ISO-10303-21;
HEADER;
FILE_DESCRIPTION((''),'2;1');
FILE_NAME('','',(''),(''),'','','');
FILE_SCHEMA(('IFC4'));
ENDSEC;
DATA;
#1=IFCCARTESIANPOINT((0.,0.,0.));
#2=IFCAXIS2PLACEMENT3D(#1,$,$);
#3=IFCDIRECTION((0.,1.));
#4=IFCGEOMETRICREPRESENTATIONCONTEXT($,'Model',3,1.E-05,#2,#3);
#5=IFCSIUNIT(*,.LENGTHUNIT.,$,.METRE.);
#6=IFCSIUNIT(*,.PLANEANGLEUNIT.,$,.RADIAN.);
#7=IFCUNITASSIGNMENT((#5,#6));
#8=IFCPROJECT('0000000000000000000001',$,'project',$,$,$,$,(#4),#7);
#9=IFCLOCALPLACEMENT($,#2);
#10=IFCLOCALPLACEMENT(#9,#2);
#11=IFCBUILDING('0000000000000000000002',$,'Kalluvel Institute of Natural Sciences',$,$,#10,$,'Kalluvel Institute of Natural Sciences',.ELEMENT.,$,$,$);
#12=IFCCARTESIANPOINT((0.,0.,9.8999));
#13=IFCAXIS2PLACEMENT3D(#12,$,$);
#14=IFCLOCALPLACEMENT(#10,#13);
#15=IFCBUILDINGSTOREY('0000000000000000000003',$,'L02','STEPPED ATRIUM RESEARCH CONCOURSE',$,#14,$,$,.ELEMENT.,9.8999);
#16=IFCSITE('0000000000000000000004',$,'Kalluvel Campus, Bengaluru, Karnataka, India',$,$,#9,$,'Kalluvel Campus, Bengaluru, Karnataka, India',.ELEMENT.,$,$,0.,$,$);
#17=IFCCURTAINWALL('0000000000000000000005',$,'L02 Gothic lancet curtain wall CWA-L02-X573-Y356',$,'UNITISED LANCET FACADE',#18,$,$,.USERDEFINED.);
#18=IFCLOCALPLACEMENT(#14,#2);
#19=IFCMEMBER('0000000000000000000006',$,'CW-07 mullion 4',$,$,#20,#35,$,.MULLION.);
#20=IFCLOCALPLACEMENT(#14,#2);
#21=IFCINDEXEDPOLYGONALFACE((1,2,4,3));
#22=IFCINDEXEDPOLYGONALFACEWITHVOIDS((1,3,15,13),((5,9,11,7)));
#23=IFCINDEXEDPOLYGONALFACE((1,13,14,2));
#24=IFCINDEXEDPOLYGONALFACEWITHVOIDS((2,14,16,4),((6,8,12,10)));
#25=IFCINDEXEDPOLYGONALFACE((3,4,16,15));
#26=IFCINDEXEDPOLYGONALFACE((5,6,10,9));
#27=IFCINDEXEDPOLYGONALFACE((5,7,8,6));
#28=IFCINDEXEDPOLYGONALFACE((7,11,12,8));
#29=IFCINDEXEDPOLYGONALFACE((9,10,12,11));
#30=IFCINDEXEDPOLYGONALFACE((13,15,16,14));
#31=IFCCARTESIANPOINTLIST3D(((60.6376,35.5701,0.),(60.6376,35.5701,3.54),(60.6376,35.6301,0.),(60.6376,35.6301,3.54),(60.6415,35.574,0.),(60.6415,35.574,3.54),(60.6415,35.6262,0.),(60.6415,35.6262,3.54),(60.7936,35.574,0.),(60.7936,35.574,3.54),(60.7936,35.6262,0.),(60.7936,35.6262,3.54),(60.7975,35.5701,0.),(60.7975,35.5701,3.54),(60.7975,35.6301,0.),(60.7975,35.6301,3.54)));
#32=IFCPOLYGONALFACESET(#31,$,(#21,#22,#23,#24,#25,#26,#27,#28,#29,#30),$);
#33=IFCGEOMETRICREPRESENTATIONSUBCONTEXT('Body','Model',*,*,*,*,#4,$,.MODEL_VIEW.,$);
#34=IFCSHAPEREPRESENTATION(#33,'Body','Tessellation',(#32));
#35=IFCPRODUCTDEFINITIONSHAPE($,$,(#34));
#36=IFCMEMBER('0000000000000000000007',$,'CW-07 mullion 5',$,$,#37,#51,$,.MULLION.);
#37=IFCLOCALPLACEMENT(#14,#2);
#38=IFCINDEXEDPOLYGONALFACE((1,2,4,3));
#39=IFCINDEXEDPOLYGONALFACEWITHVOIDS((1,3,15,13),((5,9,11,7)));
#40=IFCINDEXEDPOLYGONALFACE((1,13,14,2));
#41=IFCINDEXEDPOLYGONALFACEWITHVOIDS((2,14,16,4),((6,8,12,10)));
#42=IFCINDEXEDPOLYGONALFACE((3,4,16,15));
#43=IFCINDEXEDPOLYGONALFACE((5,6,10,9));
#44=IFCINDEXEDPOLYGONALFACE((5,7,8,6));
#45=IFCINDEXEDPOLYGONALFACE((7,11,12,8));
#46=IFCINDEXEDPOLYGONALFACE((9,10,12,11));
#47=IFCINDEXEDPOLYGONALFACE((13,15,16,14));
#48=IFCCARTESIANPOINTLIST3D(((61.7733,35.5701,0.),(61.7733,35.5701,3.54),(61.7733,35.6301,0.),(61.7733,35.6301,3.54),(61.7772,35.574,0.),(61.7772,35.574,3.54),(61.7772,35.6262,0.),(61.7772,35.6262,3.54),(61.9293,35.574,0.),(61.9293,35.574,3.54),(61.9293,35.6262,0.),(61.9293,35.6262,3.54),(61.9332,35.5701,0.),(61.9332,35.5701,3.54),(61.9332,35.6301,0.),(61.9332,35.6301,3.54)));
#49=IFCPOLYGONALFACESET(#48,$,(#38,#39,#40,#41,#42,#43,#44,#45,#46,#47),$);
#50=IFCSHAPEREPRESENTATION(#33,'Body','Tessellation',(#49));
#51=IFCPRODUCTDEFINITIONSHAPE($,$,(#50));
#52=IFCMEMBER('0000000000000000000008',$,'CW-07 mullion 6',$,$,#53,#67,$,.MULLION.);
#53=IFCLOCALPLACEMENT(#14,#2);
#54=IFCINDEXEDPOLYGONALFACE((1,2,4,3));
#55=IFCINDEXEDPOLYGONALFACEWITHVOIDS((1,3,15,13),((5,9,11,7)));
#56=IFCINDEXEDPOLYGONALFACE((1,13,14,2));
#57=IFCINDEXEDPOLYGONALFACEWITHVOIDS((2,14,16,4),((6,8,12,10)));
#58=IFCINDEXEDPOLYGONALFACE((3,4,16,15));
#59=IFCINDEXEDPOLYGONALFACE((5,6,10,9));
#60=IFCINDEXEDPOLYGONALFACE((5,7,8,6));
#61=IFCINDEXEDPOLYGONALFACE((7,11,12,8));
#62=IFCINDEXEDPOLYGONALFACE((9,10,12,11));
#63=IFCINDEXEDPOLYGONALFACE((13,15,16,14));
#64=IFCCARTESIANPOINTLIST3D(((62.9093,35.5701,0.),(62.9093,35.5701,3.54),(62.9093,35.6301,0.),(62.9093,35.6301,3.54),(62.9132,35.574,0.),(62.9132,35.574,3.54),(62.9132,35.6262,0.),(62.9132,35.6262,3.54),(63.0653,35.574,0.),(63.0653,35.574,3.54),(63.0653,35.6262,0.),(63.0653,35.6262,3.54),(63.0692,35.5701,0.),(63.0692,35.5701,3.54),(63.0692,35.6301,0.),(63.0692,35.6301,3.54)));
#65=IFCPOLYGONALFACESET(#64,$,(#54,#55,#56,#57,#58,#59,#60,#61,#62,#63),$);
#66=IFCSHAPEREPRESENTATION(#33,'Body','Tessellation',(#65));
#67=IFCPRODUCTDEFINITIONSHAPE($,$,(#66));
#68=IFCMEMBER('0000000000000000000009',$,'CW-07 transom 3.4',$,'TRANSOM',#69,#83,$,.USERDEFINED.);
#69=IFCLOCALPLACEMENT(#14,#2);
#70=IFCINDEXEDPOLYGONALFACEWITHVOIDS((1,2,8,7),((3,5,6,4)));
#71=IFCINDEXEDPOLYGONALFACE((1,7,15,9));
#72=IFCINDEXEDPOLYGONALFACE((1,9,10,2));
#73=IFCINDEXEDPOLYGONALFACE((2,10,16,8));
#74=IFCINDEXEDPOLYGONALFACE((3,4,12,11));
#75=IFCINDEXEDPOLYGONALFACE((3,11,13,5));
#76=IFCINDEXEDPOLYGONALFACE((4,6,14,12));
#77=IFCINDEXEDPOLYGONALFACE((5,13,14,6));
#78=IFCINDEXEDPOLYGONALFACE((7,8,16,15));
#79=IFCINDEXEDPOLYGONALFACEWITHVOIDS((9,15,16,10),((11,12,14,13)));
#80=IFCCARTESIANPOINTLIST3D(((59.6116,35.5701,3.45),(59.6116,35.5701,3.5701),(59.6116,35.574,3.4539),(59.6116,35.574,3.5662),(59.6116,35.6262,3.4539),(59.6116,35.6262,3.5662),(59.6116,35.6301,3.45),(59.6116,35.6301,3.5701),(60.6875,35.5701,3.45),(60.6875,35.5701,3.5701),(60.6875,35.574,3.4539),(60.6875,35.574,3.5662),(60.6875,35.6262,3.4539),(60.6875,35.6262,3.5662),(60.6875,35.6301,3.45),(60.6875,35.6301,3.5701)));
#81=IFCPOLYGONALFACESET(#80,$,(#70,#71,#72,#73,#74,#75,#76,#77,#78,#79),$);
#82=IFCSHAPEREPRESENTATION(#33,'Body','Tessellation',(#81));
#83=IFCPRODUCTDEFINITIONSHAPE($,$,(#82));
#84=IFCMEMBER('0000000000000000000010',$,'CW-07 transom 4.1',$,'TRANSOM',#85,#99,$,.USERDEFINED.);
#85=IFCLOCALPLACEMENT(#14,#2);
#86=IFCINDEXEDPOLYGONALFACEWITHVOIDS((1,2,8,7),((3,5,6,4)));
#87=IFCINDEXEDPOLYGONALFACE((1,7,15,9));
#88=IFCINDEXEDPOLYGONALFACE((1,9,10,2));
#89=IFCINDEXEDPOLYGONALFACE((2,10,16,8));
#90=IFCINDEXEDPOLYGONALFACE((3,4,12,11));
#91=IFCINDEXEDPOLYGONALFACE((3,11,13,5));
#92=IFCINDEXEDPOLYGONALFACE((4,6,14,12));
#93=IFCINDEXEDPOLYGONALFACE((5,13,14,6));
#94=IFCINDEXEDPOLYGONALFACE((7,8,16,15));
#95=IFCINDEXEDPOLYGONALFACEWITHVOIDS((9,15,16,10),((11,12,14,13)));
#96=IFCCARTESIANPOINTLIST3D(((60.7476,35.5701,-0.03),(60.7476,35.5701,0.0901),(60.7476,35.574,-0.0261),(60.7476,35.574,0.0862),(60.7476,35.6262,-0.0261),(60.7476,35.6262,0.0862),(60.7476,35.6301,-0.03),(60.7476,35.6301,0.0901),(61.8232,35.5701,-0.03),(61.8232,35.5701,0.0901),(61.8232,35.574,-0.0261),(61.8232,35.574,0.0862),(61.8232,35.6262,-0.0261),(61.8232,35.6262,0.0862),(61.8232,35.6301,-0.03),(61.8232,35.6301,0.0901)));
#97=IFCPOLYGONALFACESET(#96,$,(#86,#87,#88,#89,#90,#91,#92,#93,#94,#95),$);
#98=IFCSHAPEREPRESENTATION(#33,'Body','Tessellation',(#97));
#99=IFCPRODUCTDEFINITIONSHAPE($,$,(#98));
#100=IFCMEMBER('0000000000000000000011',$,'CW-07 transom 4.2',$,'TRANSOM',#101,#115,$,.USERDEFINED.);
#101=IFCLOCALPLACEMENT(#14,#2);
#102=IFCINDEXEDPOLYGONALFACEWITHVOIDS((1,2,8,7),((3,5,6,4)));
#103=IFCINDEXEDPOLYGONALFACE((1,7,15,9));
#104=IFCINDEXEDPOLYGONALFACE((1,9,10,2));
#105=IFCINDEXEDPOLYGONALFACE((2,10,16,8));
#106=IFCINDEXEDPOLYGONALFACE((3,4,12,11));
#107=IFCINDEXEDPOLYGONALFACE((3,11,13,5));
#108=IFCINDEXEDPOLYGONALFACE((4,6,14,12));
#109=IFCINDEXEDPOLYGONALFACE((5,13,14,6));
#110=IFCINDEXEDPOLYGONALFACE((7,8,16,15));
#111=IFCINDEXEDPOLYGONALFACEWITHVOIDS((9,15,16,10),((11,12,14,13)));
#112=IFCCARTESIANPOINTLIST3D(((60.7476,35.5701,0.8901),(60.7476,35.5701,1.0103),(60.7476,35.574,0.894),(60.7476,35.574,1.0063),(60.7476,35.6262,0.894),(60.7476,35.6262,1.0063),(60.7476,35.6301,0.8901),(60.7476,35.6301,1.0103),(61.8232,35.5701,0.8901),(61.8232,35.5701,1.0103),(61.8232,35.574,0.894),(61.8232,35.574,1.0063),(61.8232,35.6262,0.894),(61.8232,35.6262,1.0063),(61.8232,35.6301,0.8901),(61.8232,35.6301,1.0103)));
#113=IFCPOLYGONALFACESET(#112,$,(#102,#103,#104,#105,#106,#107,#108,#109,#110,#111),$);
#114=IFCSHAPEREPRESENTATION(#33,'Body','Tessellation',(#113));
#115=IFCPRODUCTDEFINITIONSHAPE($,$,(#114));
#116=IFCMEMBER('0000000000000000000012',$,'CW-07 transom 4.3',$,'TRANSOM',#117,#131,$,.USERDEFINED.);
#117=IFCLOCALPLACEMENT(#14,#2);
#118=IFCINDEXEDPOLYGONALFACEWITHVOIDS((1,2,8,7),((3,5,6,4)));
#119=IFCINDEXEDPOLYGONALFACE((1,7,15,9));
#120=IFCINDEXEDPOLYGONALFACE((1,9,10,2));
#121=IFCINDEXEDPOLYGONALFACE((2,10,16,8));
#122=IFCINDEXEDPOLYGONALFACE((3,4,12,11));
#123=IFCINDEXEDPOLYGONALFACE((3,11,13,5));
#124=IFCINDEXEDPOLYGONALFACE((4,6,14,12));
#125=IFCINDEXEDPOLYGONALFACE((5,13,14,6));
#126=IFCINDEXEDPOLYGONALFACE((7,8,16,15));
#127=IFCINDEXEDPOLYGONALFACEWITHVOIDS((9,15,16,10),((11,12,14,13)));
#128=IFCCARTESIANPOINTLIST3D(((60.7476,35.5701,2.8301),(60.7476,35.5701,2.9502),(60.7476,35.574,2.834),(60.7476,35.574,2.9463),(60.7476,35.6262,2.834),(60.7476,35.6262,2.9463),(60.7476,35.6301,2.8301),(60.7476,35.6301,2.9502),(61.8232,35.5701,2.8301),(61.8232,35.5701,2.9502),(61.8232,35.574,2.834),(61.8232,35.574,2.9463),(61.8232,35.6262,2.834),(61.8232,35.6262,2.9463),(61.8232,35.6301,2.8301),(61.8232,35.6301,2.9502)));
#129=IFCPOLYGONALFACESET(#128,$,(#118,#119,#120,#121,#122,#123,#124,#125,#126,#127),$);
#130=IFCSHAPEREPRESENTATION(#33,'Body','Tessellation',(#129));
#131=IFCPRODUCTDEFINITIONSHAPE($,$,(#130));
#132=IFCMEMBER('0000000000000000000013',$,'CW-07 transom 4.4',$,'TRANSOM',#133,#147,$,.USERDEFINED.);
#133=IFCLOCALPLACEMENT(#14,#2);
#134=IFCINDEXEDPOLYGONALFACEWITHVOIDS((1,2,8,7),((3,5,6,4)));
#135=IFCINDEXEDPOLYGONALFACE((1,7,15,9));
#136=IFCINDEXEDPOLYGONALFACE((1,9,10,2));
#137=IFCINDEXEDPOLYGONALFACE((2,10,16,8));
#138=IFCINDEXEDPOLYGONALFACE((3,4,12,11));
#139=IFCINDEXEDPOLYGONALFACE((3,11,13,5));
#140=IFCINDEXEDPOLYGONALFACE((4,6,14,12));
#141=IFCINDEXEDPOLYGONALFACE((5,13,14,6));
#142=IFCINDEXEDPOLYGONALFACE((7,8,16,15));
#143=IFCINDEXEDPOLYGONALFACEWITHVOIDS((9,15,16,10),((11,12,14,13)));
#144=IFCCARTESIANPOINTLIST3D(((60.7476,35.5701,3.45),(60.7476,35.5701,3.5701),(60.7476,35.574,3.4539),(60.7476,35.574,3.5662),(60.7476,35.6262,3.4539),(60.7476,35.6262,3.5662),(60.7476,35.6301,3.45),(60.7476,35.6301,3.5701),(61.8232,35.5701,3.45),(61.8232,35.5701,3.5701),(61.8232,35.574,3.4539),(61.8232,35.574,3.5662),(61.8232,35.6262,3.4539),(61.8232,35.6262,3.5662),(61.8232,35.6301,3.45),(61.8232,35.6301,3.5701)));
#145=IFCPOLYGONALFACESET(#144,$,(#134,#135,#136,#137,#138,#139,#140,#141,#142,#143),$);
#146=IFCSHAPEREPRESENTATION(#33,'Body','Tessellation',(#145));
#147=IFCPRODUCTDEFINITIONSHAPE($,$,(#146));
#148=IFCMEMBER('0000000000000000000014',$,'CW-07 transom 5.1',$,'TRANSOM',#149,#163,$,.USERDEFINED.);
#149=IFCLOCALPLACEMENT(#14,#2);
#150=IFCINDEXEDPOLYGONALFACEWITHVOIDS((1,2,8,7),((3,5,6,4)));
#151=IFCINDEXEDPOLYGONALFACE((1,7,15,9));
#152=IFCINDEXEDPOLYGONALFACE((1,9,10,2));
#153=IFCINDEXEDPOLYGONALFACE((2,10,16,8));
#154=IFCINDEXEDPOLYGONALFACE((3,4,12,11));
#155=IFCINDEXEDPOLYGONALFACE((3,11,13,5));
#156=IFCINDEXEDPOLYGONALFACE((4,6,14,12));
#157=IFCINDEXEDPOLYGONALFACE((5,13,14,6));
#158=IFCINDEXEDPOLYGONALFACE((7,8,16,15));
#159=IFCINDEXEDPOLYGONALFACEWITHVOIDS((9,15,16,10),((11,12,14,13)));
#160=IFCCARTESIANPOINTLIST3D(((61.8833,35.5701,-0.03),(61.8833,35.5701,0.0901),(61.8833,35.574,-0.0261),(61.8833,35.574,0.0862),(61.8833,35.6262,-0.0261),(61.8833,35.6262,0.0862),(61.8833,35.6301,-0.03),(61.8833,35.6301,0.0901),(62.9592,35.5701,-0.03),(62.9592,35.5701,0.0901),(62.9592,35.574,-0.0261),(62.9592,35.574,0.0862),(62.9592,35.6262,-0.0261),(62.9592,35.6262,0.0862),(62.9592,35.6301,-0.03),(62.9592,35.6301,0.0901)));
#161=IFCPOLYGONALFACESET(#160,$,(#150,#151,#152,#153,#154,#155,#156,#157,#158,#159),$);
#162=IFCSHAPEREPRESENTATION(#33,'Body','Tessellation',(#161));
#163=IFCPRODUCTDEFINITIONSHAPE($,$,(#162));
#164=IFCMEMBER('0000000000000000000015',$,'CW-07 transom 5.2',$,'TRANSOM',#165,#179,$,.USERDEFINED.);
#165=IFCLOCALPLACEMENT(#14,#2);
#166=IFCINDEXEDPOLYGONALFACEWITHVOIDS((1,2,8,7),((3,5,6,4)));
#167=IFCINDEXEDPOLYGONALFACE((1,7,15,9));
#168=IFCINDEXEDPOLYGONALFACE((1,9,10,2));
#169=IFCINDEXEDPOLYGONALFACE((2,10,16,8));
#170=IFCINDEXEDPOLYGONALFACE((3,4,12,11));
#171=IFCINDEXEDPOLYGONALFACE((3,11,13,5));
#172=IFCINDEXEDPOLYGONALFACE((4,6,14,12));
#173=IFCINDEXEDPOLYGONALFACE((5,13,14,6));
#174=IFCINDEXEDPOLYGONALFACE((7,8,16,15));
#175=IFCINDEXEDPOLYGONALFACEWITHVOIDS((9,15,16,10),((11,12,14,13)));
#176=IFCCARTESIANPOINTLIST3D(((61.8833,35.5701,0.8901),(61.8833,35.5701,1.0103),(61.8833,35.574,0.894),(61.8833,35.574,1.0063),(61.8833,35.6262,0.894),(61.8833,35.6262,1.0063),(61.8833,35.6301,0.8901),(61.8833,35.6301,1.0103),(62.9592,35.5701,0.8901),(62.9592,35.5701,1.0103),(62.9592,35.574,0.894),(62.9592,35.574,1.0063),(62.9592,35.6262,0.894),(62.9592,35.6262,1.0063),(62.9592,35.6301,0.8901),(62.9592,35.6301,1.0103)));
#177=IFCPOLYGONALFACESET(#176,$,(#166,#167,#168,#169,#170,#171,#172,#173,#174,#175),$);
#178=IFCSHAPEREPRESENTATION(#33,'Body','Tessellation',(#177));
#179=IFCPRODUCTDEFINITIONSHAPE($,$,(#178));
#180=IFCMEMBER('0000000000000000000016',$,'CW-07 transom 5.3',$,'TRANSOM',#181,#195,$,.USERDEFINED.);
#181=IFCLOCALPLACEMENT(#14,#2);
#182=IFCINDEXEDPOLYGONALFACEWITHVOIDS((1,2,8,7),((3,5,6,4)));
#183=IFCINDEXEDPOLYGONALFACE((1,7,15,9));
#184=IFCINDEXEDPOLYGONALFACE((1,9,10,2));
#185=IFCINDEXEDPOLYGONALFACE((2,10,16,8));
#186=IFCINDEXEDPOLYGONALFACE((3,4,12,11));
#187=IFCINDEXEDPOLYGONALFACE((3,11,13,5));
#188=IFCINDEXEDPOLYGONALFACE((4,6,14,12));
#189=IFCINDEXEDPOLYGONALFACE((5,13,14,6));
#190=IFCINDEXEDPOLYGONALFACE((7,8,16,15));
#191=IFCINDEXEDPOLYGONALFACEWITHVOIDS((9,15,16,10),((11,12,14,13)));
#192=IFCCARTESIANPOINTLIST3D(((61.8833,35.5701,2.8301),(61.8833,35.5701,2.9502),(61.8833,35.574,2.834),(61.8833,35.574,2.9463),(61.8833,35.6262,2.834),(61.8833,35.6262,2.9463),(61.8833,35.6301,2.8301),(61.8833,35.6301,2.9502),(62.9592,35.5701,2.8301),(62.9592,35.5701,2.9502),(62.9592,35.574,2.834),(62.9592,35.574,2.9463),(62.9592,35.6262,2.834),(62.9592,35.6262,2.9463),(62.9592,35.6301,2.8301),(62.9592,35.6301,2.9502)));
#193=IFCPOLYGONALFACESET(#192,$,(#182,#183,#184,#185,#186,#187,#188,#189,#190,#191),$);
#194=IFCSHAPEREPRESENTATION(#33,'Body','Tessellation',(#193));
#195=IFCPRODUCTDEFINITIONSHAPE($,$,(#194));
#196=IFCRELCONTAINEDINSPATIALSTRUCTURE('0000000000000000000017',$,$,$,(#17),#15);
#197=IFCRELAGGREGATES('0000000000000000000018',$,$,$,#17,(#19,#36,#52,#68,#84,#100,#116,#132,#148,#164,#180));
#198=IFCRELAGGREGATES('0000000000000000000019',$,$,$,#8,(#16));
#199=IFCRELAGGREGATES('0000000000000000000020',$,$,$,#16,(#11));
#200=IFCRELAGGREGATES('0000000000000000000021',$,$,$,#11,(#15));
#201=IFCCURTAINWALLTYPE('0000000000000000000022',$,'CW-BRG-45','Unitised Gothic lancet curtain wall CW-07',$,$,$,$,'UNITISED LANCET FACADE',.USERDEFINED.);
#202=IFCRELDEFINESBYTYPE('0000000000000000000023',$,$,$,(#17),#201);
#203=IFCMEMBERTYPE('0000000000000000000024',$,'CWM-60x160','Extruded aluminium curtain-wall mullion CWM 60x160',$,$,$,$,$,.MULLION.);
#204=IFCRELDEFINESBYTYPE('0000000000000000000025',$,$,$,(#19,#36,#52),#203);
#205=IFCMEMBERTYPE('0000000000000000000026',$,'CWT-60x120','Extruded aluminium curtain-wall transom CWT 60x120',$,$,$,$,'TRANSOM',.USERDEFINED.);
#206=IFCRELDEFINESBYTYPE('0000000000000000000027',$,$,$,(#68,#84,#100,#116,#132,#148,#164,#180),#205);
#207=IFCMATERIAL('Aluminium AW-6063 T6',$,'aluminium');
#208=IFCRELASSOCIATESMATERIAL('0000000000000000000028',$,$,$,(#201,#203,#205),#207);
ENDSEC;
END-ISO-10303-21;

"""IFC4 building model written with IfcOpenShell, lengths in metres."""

from ifc_helpers import new_model, si_unit, direction, frame, origin, origin_2d, place, context, subcontext, project, spatial, hollow_rectangle, extrude, material, material_profile, profile_set, type_object, element, aggregate, save


model = new_model("IFC4")

# Units and contexts
model_context = context("Model", 3, precision=1e-05, world=origin(), true_north=direction((0.0, 1.0)))
body_context = subcontext(model_context, "Body", "Model", "MODEL_VIEW")
ifc_project = project(units=[si_unit("LENGTHUNIT", "METRE"), si_unit("PLANEANGLEUNIT", "RADIAN")], contexts=[model_context])

# Site, building, storey
site_placement = place(None, origin())
site = spatial("IfcSite", under=ifc_project, at=site_placement, Name="Kalluvel Campus, Bengaluru, Karnataka, India", LongName="Kalluvel Campus, Bengaluru, Karnataka, India", CompositionType="ELEMENT", RefElevation=0.0)
building_placement = place(site_placement, origin())
building = spatial("IfcBuilding", under=site, at=building_placement, Name="Kalluvel Institute of Natural Sciences", LongName="Kalluvel Institute of Natural Sciences", CompositionType="ELEMENT")
storey_placement = place(building_placement, frame((0.0, 0.0, 9.8999)))
storey = spatial("IfcBuildingStorey", under=building, at=storey_placement, Name="L02", Description="STEPPED ATRIUM RESEARCH CONCOURSE", CompositionType="ELEMENT", Elevation=9.8999)

# Curtain wall, members
ifc_material_1 = material(Name="Aluminium AW-6063 T6", Category="aluminium")
curtain_wall_type = type_object("IfcCurtainWallType", Name="CW-BRG-45", Description="Unitised Gothic lancet curtain wall CW-07", ElementType="UNITISED LANCET FACADE", PredefinedType="USERDEFINED", material=ifc_material_1)
curtain_wall_placement = place(storey_placement, origin())
curtain_wall = element("IfcCurtainWall", 1, at=curtain_wall_placement, inside=storey, type_object=curtain_wall_type, Name="L02 Gothic lancet curtain wall CWA-L02-X573-Y356", ObjectType="UNITISED LANCET FACADE", PredefinedType="USERDEFINED")
ifc_material_profile_1 = material_profile(ifc_material_1, hollow_rectangle(XDim=0.0601, YDim=0.1599, WallThickness=0.0039, at=origin_2d()), Name="CWM 60x160")
ifc_profile_set_1 = profile_set([ifc_material_profile_1], Name="Aluminium AW-6063 T6")
member_type_1 = type_object("IfcMemberType", Name="CWM-60x160", Description="Extruded aluminium curtain-wall mullion CWM 60x160", PredefinedType="MULLION", material=ifc_profile_set_1)
member_1_placement = place(storey_placement, frame((60.7175, 35.6001, 0.0), z_axis=(0.0, 0.0, 1.0), x_axis=(0.0, 1.0, 0.0)))
member_1 = element("IfcMember", 2, at=member_1_placement, type_object=member_type_1, Name="CW-07 mullion 4", PredefinedType="MULLION", context=body_context, shape_type="SweptSolid", body=[
    extrude(hollow_rectangle(XDim=0.0601, YDim=0.1599, WallThickness=0.0039, at=origin_2d()), origin(), (0.0, 0.0, 1.0), 3.54),
])
member_2_placement = place(storey_placement, frame((61.8533, 35.6001, 0.0), z_axis=(0.0, 0.0, 1.0), x_axis=(0.0, 1.0, 0.0)))
member_2 = element("IfcMember", 3, at=member_2_placement, type_object=member_type_1, Name="CW-07 mullion 5", PredefinedType="MULLION", context=body_context, shape_type="SweptSolid", body=[
    extrude(hollow_rectangle(XDim=0.0601, YDim=0.1599, WallThickness=0.0039, at=origin_2d()), origin(), (0.0, 0.0, 1.0), 3.54),
])
member_3_placement = place(storey_placement, frame((62.9893, 35.6001, 0.0), z_axis=(0.0, 0.0, 1.0), x_axis=(0.0, 1.0, 0.0)))
member_3 = element("IfcMember", 4, at=member_3_placement, type_object=member_type_1, Name="CW-07 mullion 6", PredefinedType="MULLION", context=body_context, shape_type="SweptSolid", body=[
    extrude(hollow_rectangle(XDim=0.0601, YDim=0.1599, WallThickness=0.0039, at=origin_2d()), origin(), (0.0, 0.0, 1.0), 3.54),
])
ifc_material_profile_2 = material_profile(ifc_material_1, hollow_rectangle(XDim=0.0601, YDim=0.1201, WallThickness=0.0039, at=origin_2d()), Name="CWT 60x120")
ifc_profile_set_2 = profile_set([ifc_material_profile_2], Name="Aluminium AW-6063 T6")
member_type_2 = type_object("IfcMemberType", Name="CWT-60x120", Description="Extruded aluminium curtain-wall transom CWT 60x120", ElementType="TRANSOM", PredefinedType="USERDEFINED", material=ifc_profile_set_2)
member_4_placement = place(storey_placement, frame((59.6116, 35.6001, 3.51), z_axis=(1.0, 0.0, 0.0), x_axis=(0.0, 1.0, 0.0)))
member_4 = element("IfcMember", 5, at=member_4_placement, type_object=member_type_2, Name="CW-07 transom 3.4", ObjectType="TRANSOM", PredefinedType="USERDEFINED", context=body_context, shape_type="SweptSolid", body=[
    extrude(hollow_rectangle(XDim=0.0601, YDim=0.1201, WallThickness=0.0039, at=origin_2d()), origin(), (0.0, 0.0, 1.0), 1.0759),
])
member_5_placement = place(storey_placement, frame((60.7476, 35.6001, 0.03), z_axis=(1.0, 0.0, 0.0), x_axis=(0.0, 1.0, 0.0)))
member_5 = element("IfcMember", 6, at=member_5_placement, type_object=member_type_2, Name="CW-07 transom 4.1", ObjectType="TRANSOM", PredefinedType="USERDEFINED", context=body_context, shape_type="SweptSolid", body=[
    extrude(hollow_rectangle(XDim=0.0601, YDim=0.1201, WallThickness=0.0039, at=origin_2d()), origin(), (0.0, 0.0, 1.0), 1.0757),
])
member_6_placement = place(storey_placement, frame((60.7476, 35.6001, 0.9502), z_axis=(1.0, 0.0, 0.0), x_axis=(0.0, 1.0, 0.0)))
member_6 = element("IfcMember", 7, at=member_6_placement, type_object=member_type_2, Name="CW-07 transom 4.2", ObjectType="TRANSOM", PredefinedType="USERDEFINED", context=body_context, shape_type="SweptSolid", body=[
    extrude(hollow_rectangle(XDim=0.0601, YDim=0.1201, WallThickness=0.0039, at=origin_2d()), origin(), (0.0, 0.0, 1.0), 1.0757),
])
member_7_placement = place(storey_placement, frame((60.7476, 35.6001, 2.8901), z_axis=(1.0, 0.0, 0.0), x_axis=(0.0, 1.0, 0.0)))
member_7 = element("IfcMember", 8, at=member_7_placement, type_object=member_type_2, Name="CW-07 transom 4.3", ObjectType="TRANSOM", PredefinedType="USERDEFINED", context=body_context, shape_type="SweptSolid", body=[
    extrude(hollow_rectangle(XDim=0.0601, YDim=0.1201, WallThickness=0.0039, at=origin_2d()), origin(), (0.0, 0.0, 1.0), 1.0757),
])
member_8_placement = place(storey_placement, frame((60.7476, 35.6001, 3.51), z_axis=(1.0, 0.0, 0.0), x_axis=(0.0, 1.0, 0.0)))
member_8 = element("IfcMember", 9, at=member_8_placement, type_object=member_type_2, Name="CW-07 transom 4.4", ObjectType="TRANSOM", PredefinedType="USERDEFINED", context=body_context, shape_type="SweptSolid", body=[
    extrude(hollow_rectangle(XDim=0.0601, YDim=0.1201, WallThickness=0.0039, at=origin_2d()), origin(), (0.0, 0.0, 1.0), 1.0757),
])
member_9_placement = place(storey_placement, frame((61.8833, 35.6001, 0.03), z_axis=(1.0, 0.0, 0.0), x_axis=(0.0, 1.0, 0.0)))
member_9 = element("IfcMember", 10, at=member_9_placement, type_object=member_type_2, Name="CW-07 transom 5.1", ObjectType="TRANSOM", PredefinedType="USERDEFINED", context=body_context, shape_type="SweptSolid", body=[
    extrude(hollow_rectangle(XDim=0.0601, YDim=0.1201, WallThickness=0.0039, at=origin_2d()), origin(), (0.0, 0.0, 1.0), 1.0759),
])
member_10_placement = place(storey_placement, frame((61.8833, 35.6001, 0.9502), z_axis=(1.0, 0.0, 0.0), x_axis=(0.0, 1.0, 0.0)))
member_10 = element("IfcMember", 11, at=member_10_placement, type_object=member_type_2, Name="CW-07 transom 5.2", ObjectType="TRANSOM", PredefinedType="USERDEFINED", context=body_context, shape_type="SweptSolid", body=[
    extrude(hollow_rectangle(XDim=0.0601, YDim=0.1201, WallThickness=0.0039, at=origin_2d()), origin(), (0.0, 0.0, 1.0), 1.0759),
])
member_11_placement = place(storey_placement, frame((61.8833, 35.6001, 2.8901), z_axis=(1.0, 0.0, 0.0), x_axis=(0.0, 1.0, 0.0)))
member_11 = element("IfcMember", 12, at=member_11_placement, type_object=member_type_2, Name="CW-07 transom 5.3", ObjectType="TRANSOM", PredefinedType="USERDEFINED", context=body_context, shape_type="SweptSolid", body=[
    extrude(hollow_rectangle(XDim=0.0601, YDim=0.1201, WallThickness=0.0039, at=origin_2d()), origin(), (0.0, 0.0, 1.0), 1.0759),
])
aggregate(curtain_wall, [member_1, member_2, member_3, member_4, member_5, member_6, member_7, member_8, member_9, member_10, member_11])

save(model, "model.ifc")
